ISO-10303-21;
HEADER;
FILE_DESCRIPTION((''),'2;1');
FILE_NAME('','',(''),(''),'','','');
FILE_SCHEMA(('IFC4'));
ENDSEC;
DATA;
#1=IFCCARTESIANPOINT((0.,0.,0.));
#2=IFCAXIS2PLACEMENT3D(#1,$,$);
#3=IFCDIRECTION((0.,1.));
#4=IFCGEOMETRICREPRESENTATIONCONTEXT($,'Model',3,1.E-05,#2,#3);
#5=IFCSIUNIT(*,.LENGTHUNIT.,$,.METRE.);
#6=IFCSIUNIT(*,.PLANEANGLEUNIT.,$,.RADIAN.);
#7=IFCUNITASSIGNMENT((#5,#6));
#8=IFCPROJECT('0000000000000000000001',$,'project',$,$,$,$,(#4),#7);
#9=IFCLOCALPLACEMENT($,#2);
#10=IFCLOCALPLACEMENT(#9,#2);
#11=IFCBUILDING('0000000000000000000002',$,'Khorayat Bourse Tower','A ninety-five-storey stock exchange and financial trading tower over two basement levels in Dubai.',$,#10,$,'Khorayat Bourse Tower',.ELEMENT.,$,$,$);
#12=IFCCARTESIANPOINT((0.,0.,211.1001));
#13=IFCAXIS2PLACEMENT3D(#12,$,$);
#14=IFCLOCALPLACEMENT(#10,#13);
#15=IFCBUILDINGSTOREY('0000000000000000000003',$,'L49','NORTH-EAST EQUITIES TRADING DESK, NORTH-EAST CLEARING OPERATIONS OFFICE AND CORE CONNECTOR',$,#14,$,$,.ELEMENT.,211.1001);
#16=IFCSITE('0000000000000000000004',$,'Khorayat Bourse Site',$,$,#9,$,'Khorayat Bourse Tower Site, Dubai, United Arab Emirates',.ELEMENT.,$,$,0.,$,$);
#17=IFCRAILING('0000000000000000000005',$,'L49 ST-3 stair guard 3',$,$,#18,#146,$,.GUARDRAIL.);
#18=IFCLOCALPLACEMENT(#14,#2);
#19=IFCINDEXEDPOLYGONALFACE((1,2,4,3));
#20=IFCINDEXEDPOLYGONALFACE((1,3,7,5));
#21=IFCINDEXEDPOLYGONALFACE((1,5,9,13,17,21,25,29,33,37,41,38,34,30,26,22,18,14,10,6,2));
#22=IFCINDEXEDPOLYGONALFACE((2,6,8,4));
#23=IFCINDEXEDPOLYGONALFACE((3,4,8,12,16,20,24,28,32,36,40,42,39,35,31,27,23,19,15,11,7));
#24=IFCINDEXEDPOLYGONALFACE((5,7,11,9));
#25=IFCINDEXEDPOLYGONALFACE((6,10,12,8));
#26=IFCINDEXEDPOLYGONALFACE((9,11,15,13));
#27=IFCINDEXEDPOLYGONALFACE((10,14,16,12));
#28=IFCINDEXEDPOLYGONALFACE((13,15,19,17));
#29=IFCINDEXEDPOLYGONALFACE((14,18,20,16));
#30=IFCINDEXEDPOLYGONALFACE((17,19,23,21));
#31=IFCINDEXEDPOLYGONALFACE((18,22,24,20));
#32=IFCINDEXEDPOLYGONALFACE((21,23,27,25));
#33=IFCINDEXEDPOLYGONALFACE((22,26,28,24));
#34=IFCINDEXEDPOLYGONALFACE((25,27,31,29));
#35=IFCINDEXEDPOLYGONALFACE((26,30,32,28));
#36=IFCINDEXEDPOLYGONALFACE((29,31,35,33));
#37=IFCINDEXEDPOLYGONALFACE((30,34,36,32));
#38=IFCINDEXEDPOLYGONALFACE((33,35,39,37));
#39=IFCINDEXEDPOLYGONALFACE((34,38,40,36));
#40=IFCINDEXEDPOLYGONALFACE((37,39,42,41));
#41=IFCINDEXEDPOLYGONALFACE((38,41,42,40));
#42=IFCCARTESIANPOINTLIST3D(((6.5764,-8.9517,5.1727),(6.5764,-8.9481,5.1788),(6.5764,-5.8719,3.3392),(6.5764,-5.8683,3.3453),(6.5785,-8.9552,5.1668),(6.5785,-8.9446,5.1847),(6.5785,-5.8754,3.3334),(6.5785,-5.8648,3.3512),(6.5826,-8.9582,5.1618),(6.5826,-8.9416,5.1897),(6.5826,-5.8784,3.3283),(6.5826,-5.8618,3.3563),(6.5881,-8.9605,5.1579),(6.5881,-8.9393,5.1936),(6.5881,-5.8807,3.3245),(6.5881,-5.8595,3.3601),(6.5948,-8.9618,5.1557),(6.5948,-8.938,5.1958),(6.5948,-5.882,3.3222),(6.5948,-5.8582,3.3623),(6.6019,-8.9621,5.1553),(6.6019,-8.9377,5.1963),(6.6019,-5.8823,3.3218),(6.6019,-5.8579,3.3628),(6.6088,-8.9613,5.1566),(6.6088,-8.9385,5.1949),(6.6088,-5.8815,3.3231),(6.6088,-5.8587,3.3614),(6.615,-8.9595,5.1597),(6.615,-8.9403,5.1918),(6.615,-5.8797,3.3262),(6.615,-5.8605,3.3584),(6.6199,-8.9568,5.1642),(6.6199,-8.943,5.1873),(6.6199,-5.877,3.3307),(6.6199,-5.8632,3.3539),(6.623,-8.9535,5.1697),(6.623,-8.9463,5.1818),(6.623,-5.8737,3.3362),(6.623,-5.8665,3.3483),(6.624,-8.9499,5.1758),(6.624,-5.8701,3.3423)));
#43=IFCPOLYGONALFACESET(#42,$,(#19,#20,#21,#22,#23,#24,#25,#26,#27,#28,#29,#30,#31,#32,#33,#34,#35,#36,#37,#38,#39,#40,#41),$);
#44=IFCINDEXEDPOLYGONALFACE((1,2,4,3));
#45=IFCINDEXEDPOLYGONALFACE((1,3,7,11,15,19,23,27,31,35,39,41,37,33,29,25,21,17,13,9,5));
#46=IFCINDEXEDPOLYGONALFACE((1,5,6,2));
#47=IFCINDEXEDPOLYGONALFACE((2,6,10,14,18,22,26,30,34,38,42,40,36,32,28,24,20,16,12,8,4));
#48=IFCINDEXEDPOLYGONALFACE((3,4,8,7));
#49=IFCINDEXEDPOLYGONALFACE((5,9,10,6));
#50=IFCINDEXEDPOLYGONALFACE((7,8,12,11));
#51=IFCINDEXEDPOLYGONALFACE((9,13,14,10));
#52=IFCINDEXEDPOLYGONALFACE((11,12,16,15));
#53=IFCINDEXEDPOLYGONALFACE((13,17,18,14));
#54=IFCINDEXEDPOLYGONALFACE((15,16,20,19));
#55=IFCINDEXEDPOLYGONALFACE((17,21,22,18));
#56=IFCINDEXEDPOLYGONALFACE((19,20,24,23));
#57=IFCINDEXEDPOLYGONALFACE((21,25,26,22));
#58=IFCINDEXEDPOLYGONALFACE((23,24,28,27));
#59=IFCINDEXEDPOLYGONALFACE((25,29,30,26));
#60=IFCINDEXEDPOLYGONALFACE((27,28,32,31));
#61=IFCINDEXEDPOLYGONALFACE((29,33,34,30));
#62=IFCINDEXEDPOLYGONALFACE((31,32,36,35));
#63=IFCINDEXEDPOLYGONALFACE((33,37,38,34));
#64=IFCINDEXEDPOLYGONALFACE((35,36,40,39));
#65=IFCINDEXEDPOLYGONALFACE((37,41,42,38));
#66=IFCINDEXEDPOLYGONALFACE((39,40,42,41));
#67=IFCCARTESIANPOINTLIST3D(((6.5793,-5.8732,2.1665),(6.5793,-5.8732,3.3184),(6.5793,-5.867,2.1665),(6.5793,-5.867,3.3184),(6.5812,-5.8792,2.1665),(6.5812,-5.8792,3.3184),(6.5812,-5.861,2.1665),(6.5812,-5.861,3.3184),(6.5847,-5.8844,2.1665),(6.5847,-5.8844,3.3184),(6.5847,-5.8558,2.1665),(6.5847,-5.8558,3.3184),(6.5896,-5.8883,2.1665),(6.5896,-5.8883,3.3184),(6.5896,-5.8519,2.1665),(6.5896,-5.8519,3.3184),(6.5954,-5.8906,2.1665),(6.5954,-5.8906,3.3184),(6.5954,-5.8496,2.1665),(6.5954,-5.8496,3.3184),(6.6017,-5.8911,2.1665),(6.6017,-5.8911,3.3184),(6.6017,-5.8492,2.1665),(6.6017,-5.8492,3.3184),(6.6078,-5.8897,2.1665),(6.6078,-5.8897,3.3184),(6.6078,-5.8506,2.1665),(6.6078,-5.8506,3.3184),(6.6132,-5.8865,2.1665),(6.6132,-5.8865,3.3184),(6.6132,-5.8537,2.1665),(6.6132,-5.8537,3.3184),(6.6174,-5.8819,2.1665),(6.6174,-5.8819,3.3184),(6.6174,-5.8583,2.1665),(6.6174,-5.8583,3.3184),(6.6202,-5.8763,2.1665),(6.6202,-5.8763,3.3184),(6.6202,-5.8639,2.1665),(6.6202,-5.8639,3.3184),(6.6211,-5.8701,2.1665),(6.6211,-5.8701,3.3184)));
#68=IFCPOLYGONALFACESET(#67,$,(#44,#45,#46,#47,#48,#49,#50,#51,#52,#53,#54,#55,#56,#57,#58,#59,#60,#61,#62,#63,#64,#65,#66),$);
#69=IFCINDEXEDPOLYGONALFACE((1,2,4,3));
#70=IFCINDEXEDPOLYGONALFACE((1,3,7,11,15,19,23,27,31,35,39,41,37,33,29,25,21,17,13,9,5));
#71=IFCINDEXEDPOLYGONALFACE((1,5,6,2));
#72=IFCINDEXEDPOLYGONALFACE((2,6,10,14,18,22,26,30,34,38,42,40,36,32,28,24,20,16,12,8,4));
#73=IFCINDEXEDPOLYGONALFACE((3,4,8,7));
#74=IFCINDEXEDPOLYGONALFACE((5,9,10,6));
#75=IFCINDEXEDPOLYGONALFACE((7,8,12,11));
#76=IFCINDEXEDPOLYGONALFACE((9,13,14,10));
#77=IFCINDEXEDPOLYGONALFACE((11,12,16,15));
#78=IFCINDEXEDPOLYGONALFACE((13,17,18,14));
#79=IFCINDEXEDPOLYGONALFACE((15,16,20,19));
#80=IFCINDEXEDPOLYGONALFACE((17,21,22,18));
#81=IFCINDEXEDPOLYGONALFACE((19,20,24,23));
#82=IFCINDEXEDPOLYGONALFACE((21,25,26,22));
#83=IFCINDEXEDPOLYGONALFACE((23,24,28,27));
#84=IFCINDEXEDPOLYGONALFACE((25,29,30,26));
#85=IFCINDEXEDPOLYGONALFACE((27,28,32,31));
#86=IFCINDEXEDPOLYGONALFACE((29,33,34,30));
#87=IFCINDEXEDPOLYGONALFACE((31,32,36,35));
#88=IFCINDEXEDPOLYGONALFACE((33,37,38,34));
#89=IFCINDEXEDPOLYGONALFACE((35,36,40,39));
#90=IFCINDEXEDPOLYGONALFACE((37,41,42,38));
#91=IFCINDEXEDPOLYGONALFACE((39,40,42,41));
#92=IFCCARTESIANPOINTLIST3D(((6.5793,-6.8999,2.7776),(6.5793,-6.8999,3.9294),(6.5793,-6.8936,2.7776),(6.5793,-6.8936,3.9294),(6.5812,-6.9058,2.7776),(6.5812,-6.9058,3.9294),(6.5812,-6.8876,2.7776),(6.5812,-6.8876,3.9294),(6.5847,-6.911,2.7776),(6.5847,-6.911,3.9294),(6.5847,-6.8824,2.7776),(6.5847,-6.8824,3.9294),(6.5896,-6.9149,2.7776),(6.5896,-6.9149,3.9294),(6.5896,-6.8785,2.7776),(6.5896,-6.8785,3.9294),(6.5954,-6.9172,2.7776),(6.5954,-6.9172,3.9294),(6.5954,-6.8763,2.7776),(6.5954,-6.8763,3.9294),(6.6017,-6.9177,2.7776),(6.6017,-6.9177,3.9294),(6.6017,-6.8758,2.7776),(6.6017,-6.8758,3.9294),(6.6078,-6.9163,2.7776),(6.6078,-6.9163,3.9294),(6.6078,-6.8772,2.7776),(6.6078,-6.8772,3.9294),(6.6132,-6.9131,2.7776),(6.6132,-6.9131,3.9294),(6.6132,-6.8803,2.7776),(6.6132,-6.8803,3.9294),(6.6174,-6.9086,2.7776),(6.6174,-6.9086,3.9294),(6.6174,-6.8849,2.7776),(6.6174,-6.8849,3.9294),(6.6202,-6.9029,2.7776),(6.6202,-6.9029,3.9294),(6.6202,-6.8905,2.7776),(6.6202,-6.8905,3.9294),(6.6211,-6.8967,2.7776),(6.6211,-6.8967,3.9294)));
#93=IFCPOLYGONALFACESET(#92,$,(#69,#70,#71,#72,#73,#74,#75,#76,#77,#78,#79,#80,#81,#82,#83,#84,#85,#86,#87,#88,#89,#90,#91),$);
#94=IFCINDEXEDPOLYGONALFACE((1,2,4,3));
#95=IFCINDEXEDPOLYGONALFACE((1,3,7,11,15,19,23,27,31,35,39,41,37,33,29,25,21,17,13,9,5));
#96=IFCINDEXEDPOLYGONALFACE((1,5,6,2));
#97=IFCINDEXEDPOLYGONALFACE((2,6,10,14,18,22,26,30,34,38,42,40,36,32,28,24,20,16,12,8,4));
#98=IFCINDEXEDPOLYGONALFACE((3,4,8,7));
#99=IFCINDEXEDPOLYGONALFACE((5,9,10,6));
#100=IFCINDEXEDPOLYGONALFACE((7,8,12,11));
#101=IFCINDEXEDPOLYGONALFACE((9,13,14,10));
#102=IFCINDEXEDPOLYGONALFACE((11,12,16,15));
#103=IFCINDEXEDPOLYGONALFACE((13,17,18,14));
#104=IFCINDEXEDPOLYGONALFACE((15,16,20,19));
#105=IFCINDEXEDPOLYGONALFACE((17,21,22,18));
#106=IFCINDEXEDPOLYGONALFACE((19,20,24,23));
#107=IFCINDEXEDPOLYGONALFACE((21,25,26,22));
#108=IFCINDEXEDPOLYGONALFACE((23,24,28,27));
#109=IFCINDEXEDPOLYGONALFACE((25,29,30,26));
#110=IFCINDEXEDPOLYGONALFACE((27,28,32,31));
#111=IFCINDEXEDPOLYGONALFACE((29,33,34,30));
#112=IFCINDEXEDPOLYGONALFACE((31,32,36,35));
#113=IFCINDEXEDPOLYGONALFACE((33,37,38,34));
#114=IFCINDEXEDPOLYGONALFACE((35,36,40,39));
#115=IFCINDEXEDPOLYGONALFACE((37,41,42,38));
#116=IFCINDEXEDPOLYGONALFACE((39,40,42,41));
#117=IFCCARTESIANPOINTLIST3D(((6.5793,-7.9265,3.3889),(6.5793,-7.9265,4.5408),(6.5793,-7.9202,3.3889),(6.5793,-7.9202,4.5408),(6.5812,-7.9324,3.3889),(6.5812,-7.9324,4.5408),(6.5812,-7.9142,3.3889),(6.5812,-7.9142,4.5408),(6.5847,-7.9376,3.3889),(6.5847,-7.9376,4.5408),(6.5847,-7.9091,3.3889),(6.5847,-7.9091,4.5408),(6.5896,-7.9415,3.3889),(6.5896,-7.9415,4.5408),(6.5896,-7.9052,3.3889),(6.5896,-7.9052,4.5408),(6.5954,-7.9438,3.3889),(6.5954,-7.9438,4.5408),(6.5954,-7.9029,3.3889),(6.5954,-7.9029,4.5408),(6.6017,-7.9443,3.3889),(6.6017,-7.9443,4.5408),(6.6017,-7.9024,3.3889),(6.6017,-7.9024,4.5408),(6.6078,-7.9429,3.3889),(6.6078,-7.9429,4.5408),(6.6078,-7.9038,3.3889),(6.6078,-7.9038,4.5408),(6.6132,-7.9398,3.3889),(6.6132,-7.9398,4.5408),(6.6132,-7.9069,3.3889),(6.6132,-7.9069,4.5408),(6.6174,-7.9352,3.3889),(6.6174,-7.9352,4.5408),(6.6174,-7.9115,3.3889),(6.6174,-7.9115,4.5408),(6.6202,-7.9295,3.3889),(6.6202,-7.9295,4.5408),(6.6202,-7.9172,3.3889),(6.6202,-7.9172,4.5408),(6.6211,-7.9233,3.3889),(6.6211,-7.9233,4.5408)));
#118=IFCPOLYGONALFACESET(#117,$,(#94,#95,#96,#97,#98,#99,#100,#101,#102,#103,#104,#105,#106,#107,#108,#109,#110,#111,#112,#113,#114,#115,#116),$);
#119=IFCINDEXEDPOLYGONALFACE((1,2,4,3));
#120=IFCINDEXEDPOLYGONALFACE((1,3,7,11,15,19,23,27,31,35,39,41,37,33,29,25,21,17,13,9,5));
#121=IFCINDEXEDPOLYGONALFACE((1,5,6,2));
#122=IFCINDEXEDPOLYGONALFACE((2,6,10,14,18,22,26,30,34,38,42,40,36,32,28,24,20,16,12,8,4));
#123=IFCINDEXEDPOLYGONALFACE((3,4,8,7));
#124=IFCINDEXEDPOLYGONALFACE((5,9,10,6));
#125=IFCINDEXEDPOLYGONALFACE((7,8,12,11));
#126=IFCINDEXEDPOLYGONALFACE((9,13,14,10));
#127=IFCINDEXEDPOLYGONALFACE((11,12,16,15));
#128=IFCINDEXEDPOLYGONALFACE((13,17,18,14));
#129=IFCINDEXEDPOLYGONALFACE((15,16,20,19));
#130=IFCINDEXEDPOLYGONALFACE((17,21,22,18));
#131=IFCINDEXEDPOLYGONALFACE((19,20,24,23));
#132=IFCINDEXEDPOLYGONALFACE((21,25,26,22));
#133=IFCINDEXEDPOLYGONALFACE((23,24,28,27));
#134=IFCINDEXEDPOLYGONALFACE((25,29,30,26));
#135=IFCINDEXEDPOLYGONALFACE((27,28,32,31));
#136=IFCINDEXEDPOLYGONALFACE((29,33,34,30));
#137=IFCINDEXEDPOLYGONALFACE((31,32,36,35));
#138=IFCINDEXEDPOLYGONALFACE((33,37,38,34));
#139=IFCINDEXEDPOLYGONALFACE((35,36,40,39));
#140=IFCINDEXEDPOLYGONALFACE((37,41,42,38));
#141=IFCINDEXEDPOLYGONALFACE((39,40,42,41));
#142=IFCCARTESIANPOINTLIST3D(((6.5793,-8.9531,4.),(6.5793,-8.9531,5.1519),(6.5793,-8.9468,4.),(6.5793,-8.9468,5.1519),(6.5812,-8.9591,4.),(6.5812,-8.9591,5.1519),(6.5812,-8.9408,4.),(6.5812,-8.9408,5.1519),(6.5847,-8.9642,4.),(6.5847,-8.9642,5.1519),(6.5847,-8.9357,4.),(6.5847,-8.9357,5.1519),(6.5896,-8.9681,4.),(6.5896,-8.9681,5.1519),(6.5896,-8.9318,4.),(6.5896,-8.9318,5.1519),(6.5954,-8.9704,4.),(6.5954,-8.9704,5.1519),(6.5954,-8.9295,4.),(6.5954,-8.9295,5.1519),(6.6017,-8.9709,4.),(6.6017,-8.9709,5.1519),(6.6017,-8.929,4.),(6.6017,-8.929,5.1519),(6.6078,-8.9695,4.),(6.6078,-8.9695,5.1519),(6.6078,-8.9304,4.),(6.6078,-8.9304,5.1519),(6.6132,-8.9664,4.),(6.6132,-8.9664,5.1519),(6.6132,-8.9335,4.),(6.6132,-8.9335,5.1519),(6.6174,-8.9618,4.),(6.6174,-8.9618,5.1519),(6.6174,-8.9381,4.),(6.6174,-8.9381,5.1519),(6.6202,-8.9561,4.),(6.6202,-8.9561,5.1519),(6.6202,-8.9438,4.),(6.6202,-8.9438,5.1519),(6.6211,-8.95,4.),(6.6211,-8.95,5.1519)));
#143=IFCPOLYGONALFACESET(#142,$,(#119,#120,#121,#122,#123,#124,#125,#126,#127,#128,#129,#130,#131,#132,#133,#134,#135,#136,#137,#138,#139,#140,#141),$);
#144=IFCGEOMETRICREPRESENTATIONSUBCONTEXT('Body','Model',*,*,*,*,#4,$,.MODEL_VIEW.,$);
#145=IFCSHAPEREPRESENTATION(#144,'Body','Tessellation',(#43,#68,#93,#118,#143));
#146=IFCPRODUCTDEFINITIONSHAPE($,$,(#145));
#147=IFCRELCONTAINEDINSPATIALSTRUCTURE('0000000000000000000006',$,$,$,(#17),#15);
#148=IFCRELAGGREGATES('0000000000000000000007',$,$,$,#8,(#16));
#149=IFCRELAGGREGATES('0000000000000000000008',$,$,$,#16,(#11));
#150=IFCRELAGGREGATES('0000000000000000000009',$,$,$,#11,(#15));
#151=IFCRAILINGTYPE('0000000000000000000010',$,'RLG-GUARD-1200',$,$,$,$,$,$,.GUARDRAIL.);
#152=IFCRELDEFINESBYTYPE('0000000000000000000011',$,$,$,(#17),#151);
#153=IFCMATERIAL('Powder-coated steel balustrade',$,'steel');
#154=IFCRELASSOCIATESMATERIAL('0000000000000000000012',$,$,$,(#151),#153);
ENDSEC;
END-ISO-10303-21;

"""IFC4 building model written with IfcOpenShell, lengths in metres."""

from ifc_helpers import new_model, si_unit, direction, frame, origin, origin_2d, place, context, subcontext, project, spatial, circle, extrude, source, transform, mapped, material, type_object, element, save


model = new_model("IFC4")

# Units and contexts
model_context = context("Model", 3, precision=1e-05, world=origin(), true_north=direction((0.0, 1.0)))
body_context = subcontext(model_context, "Body", "Model", "MODEL_VIEW")
ifc_project = project(units=[si_unit("LENGTHUNIT", "METRE"), si_unit("PLANEANGLEUNIT", "RADIAN")], contexts=[model_context])

# Site, building, storey
site_placement = place(None, origin())
site = spatial("IfcSite", under=ifc_project, at=site_placement, Name="Khorayat Bourse Site", LongName="Khorayat Bourse Tower Site, Dubai, United Arab Emirates", CompositionType="ELEMENT", RefElevation=0.0)
building_placement = place(site_placement, origin())
building = spatial("IfcBuilding", under=site, at=building_placement, Name="Khorayat Bourse Tower", Description="A ninety-five-storey stock exchange and financial trading tower over two basement levels in Dubai.", LongName="Khorayat Bourse Tower", CompositionType="ELEMENT")
storey_placement = place(building_placement, frame((0.0, 0.0, 211.1001)))
storey = spatial("IfcBuildingStorey", under=building, at=storey_placement, Name="L49", Description="NORTH-EAST EQUITIES TRADING DESK, NORTH-EAST CLEARING OPERATIONS OFFICE AND CORE CONNECTOR", CompositionType="ELEMENT", Elevation=211.1001)

# Railing
ifc_material_1 = material(Name="Powder-coated steel balustrade", Category="steel")
railing_type_1 = type_object("IfcRailingType", Name="RLG-GUARD-1200", PredefinedType="GUARDRAIL", material=ifc_material_1)
shared_shape_1 = source(origin(), body_context, "Body", "SweptSolid", [
    extrude(circle(Radius=0.0239, at=origin_2d()), frame((0.0, 0.0, 1.1758), z_axis=(0.0, -0.859261, 0.511538), x_axis=(1.0, 0.0, 0.0)), (0.0, 0.0, 1.0), 3.5842),
    extrude(circle(Radius=0.021, at=origin_2d()), origin(), (0.0, 0.0, 1.0), 1.1519),
    extrude(circle(Radius=0.021, at=origin_2d()), frame((0.0, -1.0266, 0.6111)), (0.0, 0.0, 1.0), 1.1519),
    extrude(circle(Radius=0.021, at=origin_2d()), frame((0.0, -2.0532, 1.2224)), (0.0, 0.0, 1.0), 1.1519),
    extrude(circle(Radius=0.021, at=origin_2d()), frame((0.0, -3.0798, 1.8335)), (0.0, 0.0, 1.0), 1.1519),
])
railing_1_placement = place(storey_placement, frame((6.6001, -5.8701, 2.1665)))
element("IfcRailing", 1, at=railing_1_placement, inside=storey, type_object=railing_type_1, Name="L49 ST-3 stair guard 3", PredefinedType="GUARDRAIL", context=body_context, shape_type="MappedRepresentation", body=[
    mapped(shared_shape_1, transform((0.0, 0.0, 0.0), scale=1.0)),
])

save(model, "model.ifc")
